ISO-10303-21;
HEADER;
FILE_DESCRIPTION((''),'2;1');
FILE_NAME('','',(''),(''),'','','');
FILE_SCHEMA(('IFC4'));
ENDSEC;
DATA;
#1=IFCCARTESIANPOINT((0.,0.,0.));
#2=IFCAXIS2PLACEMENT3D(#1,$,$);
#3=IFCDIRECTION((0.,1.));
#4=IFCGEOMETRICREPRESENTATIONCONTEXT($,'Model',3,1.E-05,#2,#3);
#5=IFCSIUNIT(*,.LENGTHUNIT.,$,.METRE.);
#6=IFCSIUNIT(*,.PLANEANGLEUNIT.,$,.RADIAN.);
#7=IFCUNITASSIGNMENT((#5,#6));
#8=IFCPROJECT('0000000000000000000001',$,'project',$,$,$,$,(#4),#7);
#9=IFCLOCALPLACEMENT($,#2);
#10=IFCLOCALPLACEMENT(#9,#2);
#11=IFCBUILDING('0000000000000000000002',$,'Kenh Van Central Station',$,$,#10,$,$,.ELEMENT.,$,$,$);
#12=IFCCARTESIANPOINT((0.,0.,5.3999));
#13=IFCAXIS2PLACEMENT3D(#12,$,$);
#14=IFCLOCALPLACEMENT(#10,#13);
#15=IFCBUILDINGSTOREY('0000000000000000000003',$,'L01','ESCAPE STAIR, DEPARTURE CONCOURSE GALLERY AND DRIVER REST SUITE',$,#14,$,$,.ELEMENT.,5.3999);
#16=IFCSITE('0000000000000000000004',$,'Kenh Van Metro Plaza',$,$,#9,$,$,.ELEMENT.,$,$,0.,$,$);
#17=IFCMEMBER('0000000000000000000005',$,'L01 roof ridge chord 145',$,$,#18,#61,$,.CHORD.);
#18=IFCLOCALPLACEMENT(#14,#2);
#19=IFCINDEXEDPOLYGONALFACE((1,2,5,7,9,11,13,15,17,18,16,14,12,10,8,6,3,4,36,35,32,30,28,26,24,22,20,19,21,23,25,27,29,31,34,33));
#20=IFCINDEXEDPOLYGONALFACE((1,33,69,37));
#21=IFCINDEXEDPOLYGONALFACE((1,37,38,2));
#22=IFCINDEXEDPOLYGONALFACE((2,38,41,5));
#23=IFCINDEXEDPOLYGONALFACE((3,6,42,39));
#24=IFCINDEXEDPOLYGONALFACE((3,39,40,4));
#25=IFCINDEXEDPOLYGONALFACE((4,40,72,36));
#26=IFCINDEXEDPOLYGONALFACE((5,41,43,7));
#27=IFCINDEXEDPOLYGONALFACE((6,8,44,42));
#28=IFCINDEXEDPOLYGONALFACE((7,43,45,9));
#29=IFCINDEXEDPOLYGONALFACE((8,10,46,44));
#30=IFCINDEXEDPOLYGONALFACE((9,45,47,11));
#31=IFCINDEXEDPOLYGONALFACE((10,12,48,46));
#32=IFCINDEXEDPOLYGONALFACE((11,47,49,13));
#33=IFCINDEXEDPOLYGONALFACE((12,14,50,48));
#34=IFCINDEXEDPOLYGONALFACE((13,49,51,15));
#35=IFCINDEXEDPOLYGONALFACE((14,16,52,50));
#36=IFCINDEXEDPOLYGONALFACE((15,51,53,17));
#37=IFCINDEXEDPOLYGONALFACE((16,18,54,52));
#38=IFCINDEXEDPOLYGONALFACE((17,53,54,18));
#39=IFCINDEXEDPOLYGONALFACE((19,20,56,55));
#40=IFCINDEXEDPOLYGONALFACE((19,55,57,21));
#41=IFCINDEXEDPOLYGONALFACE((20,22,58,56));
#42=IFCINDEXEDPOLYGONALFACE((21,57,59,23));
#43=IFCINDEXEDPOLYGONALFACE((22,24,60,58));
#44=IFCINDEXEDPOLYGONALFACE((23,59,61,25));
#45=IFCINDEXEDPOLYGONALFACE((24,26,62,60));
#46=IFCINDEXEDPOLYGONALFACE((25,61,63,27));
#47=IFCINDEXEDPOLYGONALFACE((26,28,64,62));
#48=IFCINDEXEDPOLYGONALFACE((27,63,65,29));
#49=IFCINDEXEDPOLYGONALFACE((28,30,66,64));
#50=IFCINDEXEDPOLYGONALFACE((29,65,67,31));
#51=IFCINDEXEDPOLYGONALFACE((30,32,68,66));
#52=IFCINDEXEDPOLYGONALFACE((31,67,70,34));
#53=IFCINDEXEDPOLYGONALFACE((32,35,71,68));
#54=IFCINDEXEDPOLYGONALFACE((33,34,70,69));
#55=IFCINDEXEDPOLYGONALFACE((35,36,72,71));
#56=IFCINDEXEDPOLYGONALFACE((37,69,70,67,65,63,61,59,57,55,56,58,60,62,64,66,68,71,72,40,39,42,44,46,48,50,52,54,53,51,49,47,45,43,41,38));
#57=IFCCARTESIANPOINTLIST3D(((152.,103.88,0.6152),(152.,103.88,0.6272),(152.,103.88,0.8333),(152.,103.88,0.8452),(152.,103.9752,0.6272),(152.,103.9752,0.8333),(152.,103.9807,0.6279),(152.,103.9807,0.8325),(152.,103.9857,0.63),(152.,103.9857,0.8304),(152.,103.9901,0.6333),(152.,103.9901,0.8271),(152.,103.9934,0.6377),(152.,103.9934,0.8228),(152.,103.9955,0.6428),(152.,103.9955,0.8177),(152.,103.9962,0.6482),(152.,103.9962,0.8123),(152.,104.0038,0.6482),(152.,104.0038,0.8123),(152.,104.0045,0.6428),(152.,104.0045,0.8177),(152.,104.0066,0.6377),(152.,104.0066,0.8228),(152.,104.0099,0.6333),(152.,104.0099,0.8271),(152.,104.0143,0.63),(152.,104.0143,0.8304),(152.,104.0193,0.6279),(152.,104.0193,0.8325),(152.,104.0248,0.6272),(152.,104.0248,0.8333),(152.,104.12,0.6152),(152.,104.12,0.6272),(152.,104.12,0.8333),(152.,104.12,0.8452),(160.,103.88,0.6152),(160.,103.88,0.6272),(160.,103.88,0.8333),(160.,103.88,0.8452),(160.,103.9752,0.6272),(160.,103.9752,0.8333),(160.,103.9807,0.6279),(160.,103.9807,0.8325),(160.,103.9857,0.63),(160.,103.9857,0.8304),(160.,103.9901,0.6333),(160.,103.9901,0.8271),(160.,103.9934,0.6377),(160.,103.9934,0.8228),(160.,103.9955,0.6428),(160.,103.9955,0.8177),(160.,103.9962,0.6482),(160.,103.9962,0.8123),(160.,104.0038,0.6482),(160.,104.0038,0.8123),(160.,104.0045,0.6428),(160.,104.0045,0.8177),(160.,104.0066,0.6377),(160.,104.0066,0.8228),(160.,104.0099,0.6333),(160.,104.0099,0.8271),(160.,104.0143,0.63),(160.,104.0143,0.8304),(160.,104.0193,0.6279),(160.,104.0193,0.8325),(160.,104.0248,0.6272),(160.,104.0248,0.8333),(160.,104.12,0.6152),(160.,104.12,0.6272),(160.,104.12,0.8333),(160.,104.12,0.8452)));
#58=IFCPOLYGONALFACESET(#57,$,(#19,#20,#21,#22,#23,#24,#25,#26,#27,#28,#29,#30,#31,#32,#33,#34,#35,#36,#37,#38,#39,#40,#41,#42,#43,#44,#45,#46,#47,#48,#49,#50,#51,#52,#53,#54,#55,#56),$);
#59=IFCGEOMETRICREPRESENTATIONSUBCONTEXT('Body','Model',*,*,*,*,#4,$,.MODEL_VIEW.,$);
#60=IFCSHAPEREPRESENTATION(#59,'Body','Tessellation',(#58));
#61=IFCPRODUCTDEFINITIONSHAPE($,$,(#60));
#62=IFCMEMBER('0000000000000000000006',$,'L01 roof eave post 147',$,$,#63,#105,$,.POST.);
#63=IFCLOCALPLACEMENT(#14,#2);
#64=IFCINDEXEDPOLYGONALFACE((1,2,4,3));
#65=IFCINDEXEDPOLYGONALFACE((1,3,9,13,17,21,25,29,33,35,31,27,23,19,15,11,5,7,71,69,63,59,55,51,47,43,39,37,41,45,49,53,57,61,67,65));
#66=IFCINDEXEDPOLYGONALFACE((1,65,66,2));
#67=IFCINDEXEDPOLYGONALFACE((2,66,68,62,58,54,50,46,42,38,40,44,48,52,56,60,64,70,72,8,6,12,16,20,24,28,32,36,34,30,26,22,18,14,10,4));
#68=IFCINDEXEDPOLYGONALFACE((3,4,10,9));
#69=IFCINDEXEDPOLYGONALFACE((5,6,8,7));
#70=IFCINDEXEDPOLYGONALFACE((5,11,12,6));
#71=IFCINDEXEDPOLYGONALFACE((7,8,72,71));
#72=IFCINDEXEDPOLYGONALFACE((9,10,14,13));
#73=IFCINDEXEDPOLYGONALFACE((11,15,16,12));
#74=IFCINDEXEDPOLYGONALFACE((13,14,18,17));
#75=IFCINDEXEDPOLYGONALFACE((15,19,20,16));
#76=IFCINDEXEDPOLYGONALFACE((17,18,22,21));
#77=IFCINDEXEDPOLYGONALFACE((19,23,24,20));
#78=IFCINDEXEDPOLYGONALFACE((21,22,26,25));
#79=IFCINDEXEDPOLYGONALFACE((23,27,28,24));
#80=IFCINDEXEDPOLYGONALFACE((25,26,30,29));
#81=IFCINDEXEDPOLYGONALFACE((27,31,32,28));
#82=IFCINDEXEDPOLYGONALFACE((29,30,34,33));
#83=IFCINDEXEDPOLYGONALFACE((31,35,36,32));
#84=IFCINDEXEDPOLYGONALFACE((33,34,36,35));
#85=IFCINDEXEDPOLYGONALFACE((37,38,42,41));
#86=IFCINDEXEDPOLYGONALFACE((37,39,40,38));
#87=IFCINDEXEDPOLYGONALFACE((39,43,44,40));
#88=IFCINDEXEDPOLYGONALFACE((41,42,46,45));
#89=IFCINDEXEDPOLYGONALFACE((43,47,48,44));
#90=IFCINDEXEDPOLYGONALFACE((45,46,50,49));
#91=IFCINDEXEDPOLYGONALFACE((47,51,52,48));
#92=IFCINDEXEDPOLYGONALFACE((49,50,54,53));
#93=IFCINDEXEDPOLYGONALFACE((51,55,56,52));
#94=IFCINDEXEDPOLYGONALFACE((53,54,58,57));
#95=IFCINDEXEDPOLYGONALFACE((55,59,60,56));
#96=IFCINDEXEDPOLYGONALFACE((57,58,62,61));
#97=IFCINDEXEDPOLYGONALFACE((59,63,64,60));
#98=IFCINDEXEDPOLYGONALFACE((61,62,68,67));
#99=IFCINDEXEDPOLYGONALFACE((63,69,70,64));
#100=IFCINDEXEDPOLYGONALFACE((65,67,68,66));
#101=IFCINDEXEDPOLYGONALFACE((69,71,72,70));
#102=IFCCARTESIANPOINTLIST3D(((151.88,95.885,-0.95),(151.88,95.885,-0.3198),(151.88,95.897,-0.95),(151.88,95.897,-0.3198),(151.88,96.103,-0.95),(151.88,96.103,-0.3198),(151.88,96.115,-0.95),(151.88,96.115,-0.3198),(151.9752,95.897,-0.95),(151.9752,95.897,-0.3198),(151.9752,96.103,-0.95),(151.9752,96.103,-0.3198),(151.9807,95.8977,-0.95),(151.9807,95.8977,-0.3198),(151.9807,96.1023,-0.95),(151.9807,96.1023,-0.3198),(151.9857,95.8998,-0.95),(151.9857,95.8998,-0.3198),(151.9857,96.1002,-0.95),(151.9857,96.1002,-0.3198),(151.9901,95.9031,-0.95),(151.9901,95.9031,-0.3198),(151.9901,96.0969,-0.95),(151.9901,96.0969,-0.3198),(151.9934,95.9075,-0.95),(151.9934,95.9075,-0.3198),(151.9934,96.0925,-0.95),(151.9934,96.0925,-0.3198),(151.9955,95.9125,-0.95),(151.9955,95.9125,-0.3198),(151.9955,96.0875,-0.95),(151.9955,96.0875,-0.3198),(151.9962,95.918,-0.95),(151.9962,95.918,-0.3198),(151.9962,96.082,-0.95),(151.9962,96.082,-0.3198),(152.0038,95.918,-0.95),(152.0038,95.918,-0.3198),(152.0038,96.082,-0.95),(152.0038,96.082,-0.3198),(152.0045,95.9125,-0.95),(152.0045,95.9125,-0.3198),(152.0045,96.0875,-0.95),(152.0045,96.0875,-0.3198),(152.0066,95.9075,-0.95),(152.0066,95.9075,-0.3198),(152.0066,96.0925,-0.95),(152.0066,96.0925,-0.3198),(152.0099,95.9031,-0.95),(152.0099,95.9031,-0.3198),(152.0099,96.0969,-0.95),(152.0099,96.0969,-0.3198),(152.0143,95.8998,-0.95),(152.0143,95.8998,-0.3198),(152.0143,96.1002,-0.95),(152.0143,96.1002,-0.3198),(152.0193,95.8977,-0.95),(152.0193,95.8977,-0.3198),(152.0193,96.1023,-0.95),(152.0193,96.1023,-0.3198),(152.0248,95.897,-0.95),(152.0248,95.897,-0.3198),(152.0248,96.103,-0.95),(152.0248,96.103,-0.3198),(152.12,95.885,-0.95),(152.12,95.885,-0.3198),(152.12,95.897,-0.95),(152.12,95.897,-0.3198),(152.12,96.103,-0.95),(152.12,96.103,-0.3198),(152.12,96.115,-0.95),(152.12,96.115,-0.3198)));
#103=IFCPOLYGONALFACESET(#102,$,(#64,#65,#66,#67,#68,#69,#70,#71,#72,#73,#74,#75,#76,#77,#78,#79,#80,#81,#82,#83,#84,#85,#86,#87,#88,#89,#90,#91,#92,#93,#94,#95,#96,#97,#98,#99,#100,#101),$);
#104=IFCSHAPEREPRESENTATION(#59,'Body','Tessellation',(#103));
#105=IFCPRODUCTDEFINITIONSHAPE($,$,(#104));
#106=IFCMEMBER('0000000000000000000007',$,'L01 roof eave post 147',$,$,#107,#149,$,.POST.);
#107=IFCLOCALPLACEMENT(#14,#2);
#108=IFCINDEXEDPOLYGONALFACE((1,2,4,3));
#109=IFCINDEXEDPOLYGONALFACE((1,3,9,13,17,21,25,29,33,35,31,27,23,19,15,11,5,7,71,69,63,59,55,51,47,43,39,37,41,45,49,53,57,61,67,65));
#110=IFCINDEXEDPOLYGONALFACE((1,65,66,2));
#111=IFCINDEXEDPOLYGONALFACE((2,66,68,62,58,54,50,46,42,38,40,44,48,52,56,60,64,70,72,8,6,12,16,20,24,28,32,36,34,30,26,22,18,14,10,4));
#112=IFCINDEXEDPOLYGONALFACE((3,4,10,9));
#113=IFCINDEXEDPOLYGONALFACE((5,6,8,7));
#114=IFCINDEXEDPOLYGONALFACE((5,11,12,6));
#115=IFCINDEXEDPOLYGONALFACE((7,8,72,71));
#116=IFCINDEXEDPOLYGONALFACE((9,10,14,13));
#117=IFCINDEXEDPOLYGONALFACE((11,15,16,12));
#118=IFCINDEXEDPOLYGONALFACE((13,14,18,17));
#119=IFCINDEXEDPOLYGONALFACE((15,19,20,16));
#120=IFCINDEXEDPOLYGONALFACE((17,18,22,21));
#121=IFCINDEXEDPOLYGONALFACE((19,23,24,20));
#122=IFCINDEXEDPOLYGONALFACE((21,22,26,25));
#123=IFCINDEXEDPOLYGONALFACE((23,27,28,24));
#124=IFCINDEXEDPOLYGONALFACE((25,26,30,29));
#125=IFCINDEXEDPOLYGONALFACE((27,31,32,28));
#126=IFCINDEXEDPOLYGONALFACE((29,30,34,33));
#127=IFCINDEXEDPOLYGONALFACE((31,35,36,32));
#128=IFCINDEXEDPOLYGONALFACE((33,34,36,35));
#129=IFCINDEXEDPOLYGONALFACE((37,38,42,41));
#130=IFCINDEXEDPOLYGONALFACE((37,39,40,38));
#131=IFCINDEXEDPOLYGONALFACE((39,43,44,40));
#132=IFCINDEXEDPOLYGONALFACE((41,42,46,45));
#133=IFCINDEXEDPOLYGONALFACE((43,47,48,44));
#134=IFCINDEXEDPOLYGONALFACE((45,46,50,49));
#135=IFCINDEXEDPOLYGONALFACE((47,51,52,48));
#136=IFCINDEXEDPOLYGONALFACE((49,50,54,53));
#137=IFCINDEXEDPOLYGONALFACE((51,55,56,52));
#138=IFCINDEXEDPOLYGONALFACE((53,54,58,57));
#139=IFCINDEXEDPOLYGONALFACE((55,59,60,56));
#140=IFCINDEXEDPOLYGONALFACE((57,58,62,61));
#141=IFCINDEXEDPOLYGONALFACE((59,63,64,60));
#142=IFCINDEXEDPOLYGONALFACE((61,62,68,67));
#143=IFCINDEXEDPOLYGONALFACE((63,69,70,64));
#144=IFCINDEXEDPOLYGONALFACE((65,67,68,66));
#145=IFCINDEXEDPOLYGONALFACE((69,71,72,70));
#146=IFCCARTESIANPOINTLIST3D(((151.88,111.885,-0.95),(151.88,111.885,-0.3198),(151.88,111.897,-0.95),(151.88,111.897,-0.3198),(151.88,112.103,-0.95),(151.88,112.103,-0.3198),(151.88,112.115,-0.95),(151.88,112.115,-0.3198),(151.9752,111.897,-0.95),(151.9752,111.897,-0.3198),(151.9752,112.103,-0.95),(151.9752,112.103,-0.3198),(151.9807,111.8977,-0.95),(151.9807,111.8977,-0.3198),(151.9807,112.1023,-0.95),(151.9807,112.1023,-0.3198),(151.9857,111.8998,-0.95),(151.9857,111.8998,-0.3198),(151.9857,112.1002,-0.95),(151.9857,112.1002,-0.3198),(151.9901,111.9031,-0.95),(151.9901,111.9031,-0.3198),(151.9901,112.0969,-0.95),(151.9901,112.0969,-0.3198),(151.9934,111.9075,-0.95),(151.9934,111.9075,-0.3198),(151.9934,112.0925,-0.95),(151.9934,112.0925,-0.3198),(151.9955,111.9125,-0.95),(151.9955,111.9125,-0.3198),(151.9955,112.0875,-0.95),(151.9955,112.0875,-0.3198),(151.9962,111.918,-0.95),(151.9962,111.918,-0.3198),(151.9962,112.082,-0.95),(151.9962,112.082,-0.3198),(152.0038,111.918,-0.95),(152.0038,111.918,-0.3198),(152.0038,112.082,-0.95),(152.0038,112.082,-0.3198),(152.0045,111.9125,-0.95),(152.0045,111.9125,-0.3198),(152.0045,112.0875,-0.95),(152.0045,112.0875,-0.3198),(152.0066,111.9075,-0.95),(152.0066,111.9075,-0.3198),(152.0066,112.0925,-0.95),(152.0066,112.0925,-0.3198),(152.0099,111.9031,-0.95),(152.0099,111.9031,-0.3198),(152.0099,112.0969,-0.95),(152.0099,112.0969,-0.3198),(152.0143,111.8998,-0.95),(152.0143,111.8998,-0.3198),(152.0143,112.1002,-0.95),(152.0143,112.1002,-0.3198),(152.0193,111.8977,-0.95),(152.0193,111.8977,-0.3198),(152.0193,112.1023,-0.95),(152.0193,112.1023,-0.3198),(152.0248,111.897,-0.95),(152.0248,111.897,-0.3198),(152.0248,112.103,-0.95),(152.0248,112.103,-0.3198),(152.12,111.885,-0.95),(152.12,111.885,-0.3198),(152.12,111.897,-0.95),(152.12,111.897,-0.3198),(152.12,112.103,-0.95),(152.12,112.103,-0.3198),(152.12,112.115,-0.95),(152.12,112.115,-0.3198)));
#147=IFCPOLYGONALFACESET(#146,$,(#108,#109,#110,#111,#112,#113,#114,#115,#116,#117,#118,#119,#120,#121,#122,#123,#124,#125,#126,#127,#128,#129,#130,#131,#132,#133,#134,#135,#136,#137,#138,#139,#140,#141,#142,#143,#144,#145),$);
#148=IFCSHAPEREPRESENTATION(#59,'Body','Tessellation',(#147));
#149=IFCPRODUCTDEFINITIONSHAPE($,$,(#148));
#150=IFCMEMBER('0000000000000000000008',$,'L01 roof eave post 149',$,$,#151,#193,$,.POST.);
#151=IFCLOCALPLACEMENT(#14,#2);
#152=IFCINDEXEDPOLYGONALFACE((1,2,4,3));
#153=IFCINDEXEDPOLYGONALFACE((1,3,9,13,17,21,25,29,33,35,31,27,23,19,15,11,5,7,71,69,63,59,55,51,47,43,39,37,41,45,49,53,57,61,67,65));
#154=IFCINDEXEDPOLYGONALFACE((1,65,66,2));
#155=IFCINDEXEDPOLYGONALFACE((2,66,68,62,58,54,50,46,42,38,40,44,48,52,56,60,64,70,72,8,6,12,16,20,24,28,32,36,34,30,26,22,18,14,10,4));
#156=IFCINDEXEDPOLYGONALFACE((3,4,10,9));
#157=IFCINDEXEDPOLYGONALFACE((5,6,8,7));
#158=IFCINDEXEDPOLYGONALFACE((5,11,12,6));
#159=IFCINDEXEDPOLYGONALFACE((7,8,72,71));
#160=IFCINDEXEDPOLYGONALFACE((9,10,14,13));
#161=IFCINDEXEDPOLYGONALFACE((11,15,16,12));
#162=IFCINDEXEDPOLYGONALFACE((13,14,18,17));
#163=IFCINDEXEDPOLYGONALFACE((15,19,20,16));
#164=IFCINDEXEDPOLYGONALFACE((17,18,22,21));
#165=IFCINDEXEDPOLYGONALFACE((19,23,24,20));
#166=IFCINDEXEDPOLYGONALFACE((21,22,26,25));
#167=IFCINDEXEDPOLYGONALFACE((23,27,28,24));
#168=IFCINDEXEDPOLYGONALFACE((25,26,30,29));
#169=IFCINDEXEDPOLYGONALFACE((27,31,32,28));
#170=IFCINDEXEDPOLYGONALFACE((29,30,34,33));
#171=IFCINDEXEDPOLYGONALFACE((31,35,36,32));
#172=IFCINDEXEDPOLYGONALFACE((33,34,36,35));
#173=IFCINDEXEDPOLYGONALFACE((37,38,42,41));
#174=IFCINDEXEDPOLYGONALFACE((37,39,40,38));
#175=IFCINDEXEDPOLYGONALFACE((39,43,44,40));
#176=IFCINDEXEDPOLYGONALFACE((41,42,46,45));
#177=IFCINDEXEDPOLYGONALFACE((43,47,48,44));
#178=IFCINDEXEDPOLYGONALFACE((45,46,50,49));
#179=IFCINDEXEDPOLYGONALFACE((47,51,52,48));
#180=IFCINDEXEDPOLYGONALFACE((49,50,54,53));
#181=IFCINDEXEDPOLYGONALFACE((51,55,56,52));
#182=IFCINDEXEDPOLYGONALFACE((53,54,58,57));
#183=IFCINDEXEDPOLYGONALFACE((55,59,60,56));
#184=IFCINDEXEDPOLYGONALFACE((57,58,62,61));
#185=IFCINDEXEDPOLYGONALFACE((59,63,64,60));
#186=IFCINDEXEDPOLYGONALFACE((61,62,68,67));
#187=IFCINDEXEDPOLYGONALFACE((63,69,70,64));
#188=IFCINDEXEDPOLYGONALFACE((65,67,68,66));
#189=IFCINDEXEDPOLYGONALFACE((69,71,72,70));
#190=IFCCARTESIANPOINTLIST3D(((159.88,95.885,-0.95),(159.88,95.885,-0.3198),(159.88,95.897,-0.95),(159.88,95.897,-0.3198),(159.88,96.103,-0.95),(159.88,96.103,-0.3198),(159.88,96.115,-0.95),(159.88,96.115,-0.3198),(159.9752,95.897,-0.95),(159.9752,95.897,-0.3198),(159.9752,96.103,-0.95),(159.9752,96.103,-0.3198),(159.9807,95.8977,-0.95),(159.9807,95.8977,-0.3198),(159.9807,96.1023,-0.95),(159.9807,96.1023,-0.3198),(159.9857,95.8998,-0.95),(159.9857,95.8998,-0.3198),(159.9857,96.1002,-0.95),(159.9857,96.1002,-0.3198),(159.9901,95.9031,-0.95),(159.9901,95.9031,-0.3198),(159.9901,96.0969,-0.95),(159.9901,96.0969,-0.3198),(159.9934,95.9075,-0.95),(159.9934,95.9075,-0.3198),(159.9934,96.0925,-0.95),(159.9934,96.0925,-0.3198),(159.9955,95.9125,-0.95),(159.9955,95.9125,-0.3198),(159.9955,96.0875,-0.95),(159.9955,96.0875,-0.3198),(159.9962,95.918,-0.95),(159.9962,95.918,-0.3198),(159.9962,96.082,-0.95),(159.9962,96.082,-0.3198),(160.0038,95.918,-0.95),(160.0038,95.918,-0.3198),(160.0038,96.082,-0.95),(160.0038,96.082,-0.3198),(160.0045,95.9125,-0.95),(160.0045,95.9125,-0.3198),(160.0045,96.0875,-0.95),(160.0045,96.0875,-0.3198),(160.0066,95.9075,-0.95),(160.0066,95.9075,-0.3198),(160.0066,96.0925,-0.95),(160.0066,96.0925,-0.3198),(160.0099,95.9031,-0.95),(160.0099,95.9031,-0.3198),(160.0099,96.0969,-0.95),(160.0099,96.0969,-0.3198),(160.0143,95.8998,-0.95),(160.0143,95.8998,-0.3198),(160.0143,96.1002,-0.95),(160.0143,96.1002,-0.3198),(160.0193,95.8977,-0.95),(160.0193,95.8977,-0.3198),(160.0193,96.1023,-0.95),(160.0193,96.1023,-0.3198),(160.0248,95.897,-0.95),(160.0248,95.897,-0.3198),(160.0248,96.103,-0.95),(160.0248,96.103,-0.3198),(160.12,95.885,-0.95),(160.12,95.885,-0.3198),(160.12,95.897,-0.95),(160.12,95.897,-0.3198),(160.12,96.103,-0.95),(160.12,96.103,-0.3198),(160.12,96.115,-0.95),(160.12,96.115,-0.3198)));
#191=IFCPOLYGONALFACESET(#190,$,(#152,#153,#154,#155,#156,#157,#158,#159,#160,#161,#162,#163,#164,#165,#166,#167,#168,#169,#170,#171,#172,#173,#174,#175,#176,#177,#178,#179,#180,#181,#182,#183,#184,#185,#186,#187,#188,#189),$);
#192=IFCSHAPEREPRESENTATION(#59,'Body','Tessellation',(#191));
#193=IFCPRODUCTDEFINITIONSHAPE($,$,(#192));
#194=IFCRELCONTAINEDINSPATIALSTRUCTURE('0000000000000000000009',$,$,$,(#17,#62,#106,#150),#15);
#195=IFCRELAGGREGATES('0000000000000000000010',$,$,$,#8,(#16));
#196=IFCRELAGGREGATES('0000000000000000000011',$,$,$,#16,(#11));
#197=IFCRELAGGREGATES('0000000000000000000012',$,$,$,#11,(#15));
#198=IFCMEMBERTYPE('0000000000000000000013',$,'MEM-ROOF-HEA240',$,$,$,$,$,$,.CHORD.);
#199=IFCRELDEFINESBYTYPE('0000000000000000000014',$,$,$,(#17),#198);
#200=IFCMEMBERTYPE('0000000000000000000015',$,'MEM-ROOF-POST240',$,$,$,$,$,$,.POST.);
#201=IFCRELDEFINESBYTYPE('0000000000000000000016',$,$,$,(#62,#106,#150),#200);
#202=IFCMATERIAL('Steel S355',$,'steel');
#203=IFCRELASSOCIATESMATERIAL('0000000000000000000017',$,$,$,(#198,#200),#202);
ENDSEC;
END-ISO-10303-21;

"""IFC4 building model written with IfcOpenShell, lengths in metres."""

from ifc_helpers import new_model, si_unit, direction, frame, origin, origin_2d, place, context, subcontext, project, spatial, i_section, extrude, material, material_profile, profile_set, type_object, element, save


model = new_model("IFC4")

# Units and contexts
model_context = context("Model", 3, precision=1e-05, world=origin(), true_north=direction((0.0, 1.0)))
body_context = subcontext(model_context, "Body", "Model", "MODEL_VIEW")
ifc_project = project(units=[si_unit("LENGTHUNIT", "METRE"), si_unit("PLANEANGLEUNIT", "RADIAN")], contexts=[model_context])

# Site, building, storey
site_placement = place(None, origin())
site = spatial("IfcSite", under=ifc_project, at=site_placement, Name="Kenh Van Metro Plaza", CompositionType="ELEMENT", RefElevation=0.0)
building_placement = place(site_placement, origin())
building = spatial("IfcBuilding", under=site, at=building_placement, Name="Kenh Van Central Station", CompositionType="ELEMENT")
storey_placement = place(building_placement, frame((0.0, 0.0, 5.3999)))
storey = spatial("IfcBuildingStorey", under=building, at=storey_placement, Name="L01", Description="ESCAPE STAIR, DEPARTURE CONCOURSE GALLERY AND DRIVER REST SUITE", CompositionType="ELEMENT", Elevation=5.3999)

# Shared definitions
ifc_material_1 = material(Name="Steel S355", Category="steel")

# Members
ifc_material_profile_1 = material_profile(ifc_material_1, i_section(OverallWidth=0.24, OverallDepth=0.23, WebThickness=0.0076, FlangeThickness=0.012, FilletRadius=0.021, at=origin_2d()), Name="HEA 240")
ifc_profile_set_1 = profile_set([ifc_material_profile_1], Name="Steel S355")
member_type_1 = type_object("IfcMemberType", Name="MEM-ROOF-HEA240", PredefinedType="CHORD", material=ifc_profile_set_1)
member_placement = place(storey_placement, frame((152.0, 104.0, 0.7302), z_axis=(1.0, 0.0, 0.0), x_axis=(0.0, 1.0, 0.0)))
element("IfcMember", 1, at=member_placement, inside=storey, type_object=member_type_1, Name="L01 roof ridge chord 145", PredefinedType="CHORD", context=body_context, shape_type="SweptSolid", body=[
    extrude(i_section(OverallWidth=0.24, OverallDepth=0.23, WebThickness=0.0076, FlangeThickness=0.012, FilletRadius=0.021, at=origin_2d()), origin(), (0.0, 0.0, 1.0), 8.0),
])
ifc_material_profile_2 = material_profile(ifc_material_1, i_section(OverallWidth=0.24, OverallDepth=0.23, WebThickness=0.0076, FlangeThickness=0.012, FilletRadius=0.021, at=origin_2d()), Name="HEA 240")
ifc_profile_set_2 = profile_set([ifc_material_profile_2], Name="Steel S355")
member_type_2 = type_object("IfcMemberType", Name="MEM-ROOF-POST240", PredefinedType="POST", material=ifc_profile_set_2)
for number, where, z_axis, x_axis, name in (
    (2, (152.0, 96.0, -0.95), (0.0, 0.0, 1.0), (1.0, 0.0, 0.0), "L01 roof eave post 147"),
    (3, (152.0, 112.0, -0.95), (0.0, 0.0, 1.0), (1.0, 0.0, 0.0), "L01 roof eave post 147"),
    (4, (160.0, 96.0, -0.95), (0.0, 0.0, 1.0), (1.0, 0.0, 0.0), "L01 roof eave post 149"),
):
    element("IfcMember", number, at=place(storey_placement, frame(where, z_axis=z_axis, x_axis=x_axis)), inside=storey, type_object=member_type_2, Name=name, PredefinedType="POST", context=body_context, shape_type="SweptSolid", body=[
        extrude(i_section(OverallWidth=0.24, OverallDepth=0.23, WebThickness=0.0076, FlangeThickness=0.012, FilletRadius=0.021, at=origin_2d()), origin(), (0.0, 0.0, 1.0), 0.6301),
    ])

save(model, "model.ifc")
